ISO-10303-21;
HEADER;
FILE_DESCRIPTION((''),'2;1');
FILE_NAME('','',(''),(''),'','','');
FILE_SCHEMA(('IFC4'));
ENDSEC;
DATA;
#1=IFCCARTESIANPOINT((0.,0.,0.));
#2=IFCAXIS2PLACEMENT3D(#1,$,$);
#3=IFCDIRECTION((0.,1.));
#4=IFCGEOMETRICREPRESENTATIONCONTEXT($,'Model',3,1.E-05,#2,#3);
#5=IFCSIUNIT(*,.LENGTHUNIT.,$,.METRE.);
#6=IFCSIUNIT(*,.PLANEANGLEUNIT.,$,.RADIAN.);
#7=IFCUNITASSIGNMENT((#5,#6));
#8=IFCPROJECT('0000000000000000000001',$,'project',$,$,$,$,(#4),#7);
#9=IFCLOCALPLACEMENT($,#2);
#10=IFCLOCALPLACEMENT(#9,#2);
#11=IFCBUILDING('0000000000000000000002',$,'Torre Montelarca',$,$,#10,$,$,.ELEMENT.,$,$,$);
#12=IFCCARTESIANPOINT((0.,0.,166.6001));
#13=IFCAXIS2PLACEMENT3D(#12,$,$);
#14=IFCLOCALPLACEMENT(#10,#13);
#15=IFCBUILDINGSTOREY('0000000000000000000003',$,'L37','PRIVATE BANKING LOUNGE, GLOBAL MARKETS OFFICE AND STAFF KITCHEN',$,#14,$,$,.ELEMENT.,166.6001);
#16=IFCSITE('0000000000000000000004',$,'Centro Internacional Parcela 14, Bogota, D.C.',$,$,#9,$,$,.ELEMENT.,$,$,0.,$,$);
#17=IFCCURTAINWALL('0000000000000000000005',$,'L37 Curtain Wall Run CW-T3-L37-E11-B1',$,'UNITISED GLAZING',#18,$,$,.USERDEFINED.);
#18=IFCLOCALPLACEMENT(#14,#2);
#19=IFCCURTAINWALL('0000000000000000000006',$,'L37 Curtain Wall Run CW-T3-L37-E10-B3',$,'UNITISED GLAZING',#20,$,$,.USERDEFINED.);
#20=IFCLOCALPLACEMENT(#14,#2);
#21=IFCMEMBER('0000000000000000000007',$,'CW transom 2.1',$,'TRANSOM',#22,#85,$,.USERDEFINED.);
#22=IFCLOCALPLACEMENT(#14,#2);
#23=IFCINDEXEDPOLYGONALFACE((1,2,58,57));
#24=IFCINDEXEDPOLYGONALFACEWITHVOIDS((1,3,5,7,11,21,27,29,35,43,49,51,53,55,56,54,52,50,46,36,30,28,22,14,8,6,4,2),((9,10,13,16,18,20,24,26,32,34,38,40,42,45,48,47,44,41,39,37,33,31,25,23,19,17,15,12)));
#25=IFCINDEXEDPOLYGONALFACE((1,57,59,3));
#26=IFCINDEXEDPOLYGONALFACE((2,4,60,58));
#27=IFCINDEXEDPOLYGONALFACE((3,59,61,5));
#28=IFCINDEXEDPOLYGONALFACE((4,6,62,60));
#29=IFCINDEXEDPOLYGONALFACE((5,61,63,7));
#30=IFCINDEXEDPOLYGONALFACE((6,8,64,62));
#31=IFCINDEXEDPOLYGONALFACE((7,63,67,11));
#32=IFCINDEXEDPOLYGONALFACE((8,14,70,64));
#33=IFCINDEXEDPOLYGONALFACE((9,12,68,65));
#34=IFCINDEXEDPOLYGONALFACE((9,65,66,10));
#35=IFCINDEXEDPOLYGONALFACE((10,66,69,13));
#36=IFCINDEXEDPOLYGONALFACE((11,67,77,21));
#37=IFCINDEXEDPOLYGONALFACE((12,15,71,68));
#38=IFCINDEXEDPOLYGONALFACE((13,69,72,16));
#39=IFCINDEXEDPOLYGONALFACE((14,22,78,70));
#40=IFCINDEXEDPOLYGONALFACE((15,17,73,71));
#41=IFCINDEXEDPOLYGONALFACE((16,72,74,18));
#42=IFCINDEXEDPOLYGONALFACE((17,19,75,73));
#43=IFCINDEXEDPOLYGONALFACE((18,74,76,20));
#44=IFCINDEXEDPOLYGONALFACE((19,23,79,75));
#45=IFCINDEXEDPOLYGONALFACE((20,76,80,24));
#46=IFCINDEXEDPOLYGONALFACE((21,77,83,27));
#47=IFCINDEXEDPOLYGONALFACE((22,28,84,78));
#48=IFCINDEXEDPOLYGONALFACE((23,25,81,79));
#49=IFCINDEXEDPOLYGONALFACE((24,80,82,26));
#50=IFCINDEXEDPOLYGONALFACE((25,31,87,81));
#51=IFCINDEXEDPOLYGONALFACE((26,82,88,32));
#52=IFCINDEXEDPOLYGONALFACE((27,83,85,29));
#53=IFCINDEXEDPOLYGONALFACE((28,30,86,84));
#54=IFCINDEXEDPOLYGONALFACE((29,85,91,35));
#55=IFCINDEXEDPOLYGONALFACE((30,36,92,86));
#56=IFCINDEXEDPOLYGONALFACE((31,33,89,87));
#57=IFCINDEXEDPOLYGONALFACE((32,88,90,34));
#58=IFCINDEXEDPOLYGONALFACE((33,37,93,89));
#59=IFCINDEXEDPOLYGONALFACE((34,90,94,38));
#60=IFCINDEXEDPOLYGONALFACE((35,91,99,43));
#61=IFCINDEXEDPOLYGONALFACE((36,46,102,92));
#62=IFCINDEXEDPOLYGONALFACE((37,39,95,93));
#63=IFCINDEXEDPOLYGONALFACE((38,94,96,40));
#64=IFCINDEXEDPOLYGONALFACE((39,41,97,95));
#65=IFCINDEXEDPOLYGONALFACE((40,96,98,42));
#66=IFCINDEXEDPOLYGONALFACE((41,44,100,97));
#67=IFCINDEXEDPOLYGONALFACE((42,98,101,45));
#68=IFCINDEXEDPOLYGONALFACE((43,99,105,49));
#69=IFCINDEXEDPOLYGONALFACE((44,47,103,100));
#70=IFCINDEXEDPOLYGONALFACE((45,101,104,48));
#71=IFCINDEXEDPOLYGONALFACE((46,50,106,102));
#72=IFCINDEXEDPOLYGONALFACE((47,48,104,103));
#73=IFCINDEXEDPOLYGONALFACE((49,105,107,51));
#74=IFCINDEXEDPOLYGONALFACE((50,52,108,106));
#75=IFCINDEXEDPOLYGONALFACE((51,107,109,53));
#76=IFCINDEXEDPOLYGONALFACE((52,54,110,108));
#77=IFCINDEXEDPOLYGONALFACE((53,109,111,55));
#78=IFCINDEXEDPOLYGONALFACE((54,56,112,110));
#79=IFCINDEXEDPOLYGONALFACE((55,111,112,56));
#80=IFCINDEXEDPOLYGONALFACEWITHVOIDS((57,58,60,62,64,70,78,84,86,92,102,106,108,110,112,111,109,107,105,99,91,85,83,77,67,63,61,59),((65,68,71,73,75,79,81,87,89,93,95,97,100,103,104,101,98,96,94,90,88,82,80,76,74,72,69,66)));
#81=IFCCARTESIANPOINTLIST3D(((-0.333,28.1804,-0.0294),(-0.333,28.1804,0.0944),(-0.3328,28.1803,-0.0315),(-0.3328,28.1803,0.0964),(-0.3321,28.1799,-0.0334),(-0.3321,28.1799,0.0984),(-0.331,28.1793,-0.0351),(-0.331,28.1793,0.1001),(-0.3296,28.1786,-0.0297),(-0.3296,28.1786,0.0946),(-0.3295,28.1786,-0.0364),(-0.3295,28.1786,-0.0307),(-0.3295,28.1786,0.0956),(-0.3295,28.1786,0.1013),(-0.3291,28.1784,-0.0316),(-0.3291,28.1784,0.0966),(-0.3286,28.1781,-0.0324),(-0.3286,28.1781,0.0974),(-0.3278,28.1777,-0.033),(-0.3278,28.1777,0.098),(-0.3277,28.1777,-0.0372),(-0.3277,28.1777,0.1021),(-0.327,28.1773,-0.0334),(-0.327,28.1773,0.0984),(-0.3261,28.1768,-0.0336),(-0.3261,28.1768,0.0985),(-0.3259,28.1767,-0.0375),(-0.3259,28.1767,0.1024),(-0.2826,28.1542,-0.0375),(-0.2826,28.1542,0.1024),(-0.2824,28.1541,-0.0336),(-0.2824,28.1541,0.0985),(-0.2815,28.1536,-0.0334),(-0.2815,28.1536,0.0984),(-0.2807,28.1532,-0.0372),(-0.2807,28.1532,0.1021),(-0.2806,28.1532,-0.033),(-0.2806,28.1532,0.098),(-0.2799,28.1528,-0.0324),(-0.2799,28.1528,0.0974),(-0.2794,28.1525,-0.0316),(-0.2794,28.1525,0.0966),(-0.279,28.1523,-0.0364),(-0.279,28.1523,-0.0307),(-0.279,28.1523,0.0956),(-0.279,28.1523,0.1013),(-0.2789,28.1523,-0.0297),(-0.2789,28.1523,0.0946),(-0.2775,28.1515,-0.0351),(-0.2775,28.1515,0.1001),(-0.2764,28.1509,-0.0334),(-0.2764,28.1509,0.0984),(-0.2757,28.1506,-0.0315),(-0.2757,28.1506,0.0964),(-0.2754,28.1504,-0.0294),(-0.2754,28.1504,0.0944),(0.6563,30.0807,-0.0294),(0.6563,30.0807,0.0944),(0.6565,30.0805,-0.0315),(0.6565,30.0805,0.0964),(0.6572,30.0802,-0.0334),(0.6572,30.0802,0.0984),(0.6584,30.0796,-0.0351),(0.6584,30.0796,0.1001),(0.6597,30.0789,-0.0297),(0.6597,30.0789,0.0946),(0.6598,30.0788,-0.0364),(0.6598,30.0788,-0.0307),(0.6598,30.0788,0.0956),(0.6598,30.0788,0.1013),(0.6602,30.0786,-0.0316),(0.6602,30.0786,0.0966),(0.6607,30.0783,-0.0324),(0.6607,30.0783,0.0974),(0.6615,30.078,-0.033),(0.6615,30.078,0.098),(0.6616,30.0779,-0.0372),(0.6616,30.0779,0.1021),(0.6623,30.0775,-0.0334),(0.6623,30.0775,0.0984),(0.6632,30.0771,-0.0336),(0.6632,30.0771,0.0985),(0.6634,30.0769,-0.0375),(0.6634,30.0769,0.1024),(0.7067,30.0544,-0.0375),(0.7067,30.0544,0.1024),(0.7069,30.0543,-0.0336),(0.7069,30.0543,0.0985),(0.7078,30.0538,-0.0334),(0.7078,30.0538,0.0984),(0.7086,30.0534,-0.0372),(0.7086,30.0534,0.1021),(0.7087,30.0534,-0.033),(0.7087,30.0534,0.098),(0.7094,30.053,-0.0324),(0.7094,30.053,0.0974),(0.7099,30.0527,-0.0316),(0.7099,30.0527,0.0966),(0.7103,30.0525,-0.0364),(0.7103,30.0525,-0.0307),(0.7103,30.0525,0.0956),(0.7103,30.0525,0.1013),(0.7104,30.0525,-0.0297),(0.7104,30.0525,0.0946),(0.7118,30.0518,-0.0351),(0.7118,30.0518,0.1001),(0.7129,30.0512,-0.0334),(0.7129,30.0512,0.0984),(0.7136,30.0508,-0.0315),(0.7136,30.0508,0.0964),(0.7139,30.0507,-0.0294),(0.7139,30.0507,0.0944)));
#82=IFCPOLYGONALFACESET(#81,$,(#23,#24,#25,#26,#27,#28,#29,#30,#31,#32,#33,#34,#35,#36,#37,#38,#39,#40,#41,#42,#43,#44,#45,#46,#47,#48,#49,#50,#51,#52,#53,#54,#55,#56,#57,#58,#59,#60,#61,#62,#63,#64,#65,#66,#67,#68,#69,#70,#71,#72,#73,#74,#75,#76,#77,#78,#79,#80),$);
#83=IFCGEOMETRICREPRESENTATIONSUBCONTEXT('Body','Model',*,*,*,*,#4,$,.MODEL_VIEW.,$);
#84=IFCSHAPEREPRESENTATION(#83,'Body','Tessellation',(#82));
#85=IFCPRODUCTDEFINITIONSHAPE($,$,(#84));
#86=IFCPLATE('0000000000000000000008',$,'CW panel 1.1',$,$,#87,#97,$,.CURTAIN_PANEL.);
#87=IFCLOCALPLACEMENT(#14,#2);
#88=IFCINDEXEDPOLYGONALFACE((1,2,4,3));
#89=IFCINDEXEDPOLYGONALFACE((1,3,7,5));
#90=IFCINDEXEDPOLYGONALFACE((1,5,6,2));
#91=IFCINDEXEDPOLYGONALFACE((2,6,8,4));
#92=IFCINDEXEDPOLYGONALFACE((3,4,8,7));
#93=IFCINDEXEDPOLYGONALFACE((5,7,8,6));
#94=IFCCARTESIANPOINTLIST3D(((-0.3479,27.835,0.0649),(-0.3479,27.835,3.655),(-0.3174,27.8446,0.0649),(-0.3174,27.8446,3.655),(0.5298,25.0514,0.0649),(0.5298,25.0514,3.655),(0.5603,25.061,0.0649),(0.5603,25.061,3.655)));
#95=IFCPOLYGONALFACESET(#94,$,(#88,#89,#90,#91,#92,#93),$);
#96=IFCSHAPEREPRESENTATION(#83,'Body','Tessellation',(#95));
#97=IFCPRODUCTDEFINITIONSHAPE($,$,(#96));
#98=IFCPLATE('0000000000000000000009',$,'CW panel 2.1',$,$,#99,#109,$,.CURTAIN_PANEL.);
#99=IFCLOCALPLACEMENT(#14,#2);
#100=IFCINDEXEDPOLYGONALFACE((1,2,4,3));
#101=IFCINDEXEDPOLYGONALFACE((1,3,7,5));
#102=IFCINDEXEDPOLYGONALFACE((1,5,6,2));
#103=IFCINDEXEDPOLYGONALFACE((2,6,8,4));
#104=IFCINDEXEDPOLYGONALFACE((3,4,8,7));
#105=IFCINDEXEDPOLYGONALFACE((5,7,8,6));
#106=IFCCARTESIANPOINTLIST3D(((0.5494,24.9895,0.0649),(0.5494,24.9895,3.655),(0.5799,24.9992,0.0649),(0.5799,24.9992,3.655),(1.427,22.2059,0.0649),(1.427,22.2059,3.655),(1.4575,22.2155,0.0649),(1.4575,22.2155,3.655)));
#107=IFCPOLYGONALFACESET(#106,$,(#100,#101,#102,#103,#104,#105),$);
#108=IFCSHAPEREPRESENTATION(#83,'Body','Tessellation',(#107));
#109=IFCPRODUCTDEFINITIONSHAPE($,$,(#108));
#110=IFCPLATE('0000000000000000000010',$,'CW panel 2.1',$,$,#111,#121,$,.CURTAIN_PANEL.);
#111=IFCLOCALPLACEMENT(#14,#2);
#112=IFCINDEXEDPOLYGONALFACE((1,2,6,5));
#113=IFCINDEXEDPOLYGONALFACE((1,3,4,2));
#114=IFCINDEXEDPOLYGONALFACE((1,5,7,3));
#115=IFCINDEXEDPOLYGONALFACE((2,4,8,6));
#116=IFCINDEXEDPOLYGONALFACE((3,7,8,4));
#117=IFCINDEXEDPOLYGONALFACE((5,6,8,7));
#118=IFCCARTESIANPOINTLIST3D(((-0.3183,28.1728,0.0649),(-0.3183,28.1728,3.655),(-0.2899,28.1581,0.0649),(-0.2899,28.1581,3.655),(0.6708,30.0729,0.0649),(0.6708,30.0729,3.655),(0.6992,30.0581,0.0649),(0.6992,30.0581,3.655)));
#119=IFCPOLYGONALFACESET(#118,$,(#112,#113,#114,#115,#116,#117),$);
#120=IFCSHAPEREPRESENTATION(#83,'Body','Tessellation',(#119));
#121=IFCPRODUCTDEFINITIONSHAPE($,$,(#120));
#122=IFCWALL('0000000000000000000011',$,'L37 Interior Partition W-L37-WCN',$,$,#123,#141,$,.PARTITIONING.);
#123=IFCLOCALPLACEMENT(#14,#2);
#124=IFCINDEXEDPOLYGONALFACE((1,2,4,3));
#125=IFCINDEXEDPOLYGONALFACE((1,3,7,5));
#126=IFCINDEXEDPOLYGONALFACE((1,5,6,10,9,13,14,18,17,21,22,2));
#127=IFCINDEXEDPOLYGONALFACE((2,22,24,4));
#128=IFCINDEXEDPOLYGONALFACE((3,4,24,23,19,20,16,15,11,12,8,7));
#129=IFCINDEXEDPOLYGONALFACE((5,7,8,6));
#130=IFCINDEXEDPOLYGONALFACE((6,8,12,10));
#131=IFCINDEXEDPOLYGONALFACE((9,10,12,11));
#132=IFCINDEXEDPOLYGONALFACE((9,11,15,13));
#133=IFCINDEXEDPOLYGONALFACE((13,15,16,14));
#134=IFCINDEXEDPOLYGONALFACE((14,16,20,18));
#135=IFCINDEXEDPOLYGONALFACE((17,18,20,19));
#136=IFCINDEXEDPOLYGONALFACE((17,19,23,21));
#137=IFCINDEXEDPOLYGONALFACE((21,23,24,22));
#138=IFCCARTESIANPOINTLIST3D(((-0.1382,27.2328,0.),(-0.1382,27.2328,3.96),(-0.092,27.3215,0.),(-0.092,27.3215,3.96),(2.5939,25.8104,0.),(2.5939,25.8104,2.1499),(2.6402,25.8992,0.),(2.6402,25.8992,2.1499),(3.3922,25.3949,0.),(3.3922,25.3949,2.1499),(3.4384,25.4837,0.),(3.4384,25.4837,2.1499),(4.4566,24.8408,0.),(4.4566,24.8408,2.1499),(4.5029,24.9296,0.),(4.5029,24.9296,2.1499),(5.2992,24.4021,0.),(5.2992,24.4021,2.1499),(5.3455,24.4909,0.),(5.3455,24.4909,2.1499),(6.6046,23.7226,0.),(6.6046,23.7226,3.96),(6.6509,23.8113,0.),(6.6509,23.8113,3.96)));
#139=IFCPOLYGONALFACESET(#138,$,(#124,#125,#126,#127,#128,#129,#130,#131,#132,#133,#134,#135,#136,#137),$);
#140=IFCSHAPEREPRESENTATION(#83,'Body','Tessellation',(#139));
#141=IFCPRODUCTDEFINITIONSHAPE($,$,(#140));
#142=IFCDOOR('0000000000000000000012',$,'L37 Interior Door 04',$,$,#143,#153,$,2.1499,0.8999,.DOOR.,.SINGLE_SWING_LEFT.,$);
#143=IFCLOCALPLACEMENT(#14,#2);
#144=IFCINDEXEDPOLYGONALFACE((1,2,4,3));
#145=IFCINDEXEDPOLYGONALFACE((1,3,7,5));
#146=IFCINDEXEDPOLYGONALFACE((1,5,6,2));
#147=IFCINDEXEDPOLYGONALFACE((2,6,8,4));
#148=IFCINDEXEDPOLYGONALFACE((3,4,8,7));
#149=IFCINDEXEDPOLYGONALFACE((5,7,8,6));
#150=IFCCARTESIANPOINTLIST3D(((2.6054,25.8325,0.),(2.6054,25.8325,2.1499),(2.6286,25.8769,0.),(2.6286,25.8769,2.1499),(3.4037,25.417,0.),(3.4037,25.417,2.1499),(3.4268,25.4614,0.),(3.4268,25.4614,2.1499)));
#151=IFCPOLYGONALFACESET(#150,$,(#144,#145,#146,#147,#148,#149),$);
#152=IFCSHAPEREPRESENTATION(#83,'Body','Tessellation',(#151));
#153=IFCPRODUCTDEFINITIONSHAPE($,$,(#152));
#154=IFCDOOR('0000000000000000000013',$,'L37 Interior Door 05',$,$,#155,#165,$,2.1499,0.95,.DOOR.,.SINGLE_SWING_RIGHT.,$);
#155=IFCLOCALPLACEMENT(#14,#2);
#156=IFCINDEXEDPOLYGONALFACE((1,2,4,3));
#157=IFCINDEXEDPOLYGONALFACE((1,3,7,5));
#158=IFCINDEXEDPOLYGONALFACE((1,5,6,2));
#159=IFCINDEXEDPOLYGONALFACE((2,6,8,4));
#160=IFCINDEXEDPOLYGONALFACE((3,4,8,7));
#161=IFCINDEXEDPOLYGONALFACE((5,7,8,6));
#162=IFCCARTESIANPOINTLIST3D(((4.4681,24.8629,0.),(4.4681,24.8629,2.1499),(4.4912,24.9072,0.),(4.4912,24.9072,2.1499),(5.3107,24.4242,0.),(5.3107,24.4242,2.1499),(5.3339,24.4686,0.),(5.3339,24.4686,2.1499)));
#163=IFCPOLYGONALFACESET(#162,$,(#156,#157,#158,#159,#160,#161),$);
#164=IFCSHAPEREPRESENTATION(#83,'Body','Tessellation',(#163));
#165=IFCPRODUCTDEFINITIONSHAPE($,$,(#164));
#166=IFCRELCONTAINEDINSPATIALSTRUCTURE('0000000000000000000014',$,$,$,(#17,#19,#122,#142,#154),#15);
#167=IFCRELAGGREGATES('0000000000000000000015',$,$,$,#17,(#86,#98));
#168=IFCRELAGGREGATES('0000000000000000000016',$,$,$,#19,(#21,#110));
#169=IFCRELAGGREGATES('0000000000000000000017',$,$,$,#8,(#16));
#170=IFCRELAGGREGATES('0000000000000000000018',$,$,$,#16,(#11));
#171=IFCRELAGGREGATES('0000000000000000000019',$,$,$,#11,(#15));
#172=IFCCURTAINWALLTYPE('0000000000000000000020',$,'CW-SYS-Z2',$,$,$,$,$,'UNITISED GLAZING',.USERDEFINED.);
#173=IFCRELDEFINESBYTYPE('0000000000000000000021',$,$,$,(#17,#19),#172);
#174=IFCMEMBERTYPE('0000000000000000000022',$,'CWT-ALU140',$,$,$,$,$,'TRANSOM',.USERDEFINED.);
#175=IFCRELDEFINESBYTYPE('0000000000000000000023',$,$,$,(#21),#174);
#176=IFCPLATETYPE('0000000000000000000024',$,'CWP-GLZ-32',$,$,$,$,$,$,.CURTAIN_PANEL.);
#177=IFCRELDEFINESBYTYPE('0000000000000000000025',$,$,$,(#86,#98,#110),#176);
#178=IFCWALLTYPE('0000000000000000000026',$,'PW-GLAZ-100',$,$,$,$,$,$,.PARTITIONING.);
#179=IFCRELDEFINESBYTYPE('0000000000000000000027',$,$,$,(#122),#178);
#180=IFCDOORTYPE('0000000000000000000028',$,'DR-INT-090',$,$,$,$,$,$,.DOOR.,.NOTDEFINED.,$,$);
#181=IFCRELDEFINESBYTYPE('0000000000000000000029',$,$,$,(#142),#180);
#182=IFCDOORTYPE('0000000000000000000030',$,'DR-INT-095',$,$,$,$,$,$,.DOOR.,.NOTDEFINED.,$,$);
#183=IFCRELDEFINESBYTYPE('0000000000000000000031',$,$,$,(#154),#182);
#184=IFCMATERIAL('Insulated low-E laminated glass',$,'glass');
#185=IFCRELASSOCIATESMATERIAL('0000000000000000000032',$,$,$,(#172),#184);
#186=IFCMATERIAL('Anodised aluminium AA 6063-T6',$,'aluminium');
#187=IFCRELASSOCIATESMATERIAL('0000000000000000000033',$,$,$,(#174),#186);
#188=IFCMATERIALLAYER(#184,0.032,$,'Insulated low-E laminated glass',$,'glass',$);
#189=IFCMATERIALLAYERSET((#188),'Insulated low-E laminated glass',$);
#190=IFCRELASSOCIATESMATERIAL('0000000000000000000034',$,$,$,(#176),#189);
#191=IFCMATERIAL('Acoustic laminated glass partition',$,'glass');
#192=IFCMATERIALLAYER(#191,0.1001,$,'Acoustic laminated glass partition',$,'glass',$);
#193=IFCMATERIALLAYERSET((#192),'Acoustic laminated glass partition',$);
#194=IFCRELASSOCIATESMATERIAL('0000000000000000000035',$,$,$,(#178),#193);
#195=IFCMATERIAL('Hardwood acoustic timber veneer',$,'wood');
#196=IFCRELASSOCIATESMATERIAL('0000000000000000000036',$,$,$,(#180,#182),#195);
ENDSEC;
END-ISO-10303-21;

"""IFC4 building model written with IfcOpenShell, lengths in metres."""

from ifc_helpers import new_model, si_unit, direction, frame, frame_2d, origin, origin_2d, place, context, subcontext, project, spatial, rectangle, hollow_rectangle, extrude, source, transform, mapped, material, layer, layer_set, material_profile, profile_set, type_object, element, fill, aggregate, save


model = new_model("IFC4")

# Units and contexts
model_context = context("Model", 3, precision=1e-05, world=origin(), true_north=direction((0.0, 1.0)))
body_context = subcontext(model_context, "Body", "Model", "MODEL_VIEW")
ifc_project = project(units=[si_unit("LENGTHUNIT", "METRE"), si_unit("PLANEANGLEUNIT", "RADIAN")], contexts=[model_context])

# Site, building, storey
site_placement = place(None, origin())
site = spatial("IfcSite", under=ifc_project, at=site_placement, Name="Centro Internacional Parcela 14, Bogota, D.C.", CompositionType="ELEMENT", RefElevation=0.0)
building_placement = place(site_placement, origin())
building = spatial("IfcBuilding", under=site, at=building_placement, Name="Torre Montelarca", CompositionType="ELEMENT")
storey_placement = place(building_placement, frame((0.0, 0.0, 166.6001)))
storey = spatial("IfcBuildingStorey", under=building, at=storey_placement, Name="L37", Description="PRIVATE BANKING LOUNGE, GLOBAL MARKETS OFFICE AND STAFF KITCHEN", CompositionType="ELEMENT", Elevation=166.6001)

# Curtain wall
ifc_material_1 = material(Name="Insulated low-E laminated glass", Category="glass")
curtain_wall_type = type_object("IfcCurtainWallType", Name="CW-SYS-Z2", ElementType="UNITISED GLAZING", PredefinedType="USERDEFINED", material=ifc_material_1)
curtain_wall_1_placement = place(storey_placement, origin())
curtain_wall_1 = element("IfcCurtainWall", 1, at=curtain_wall_1_placement, inside=storey, type_object=curtain_wall_type, Name="L37 Curtain Wall Run CW-T3-L37-E11-B1", ObjectType="UNITISED GLAZING", PredefinedType="USERDEFINED")
ifc_material_2 = material(Name="Anodised aluminium AA 6063-T6", Category="aluminium")
ifc_material_profile_1 = material_profile(ifc_material_2, hollow_rectangle(XDim=0.0649, YDim=0.1399, WallThickness=0.0039, InnerFilletRadius=0.0039, OuterFilletRadius=0.0081, at=origin_2d()), Name="ALU65X140X4", Category="aluminium")
ifc_profile_set_1 = profile_set([ifc_material_profile_1], Name="Anodised aluminium AA 6063-T6")
member_type_1 = type_object("IfcMemberType", Name="CWT-ALU140", ElementType="TRANSOM", PredefinedType="USERDEFINED", material=ifc_profile_set_1)

# Curtain wall
curtain_wall_2_placement = place(storey_placement, origin())
curtain_wall_2 = element("IfcCurtainWall", 2, at=curtain_wall_2_placement, inside=storey, type_object=curtain_wall_type, Name="L37 Curtain Wall Run CW-T3-L37-E10-B3", ObjectType="UNITISED GLAZING", PredefinedType="USERDEFINED")

# Member
shared_shape_1 = source(origin(), body_context, "Body", "SweptSolid", [
    extrude(hollow_rectangle(XDim=0.0649, YDim=0.1399, WallThickness=0.0039, InnerFilletRadius=0.0039, OuterFilletRadius=0.0081, at=origin_2d()), origin(), (0.0, 0.0, 1.0), 2.1423),
])
member_1_placement = place(storey_placement, frame((0.6851, 30.0657, 0.0325), z_axis=(-0.461787, -0.886991, 0.0), x_axis=(0.886991, -0.461787, 0.0)))
member_1 = element("IfcMember", 3, at=member_1_placement, type_object=member_type_1, Name="CW transom 2.1", ObjectType="TRANSOM", PredefinedType="USERDEFINED", context=body_context, shape_type="MappedRepresentation", body=[
    mapped(shared_shape_1, transform((0.0, 0.0, 0.0), scale=1.0)),
])

# Plates
ifc_layer_1 = layer(ifc_material_1, 0.032, Name="Insulated low-E laminated glass", Category="glass")
ifc_layer_set_1 = layer_set([ifc_layer_1], Name="Insulated low-E laminated glass")
plate_type = type_object("IfcPlateType", Name="CWP-GLZ-32", PredefinedType="CURTAIN_PANEL", material=ifc_layer_set_1)
shared_shape_2 = source(origin(), body_context, "Body", "SweptSolid", [
    extrude(rectangle(XDim=2.9187, YDim=0.032, at=origin_2d()), origin(), (0.0, 0.0, 1.0), 3.5901),
])
plate_1_placement = place(storey_placement, frame((0.1062, 26.448, 0.0649), z_axis=(0.0, 0.0, 1.0), x_axis=(0.300684, -0.953724, 0.0)))
plate_1 = element("IfcPlate", 4, at=plate_1_placement, type_object=plate_type, Name="CW panel 1.1", PredefinedType="CURTAIN_PANEL", context=body_context, shape_type="MappedRepresentation", body=[
    mapped(shared_shape_2, transform((0.0, 0.0, 0.0), scale=1.0)),
])
plate_2_placement = place(storey_placement, frame((1.0034, 23.6025, 0.0649), z_axis=(0.0, 0.0, 1.0), x_axis=(0.300684, -0.953724, 0.0)))
plate_2 = element("IfcPlate", 5, at=plate_2_placement, type_object=plate_type, Name="CW panel 2.1", PredefinedType="CURTAIN_PANEL", context=body_context, shape_type="MappedRepresentation", body=[
    mapped(shared_shape_2, transform((0.0, 0.0, 0.0), scale=1.0)),
])
aggregate(curtain_wall_1, [plate_1, plate_2])
shared_shape_3 = source(origin(), body_context, "Body", "SweptSolid", [
    extrude(rectangle(XDim=2.1421, YDim=0.032, at=origin_2d()), origin(), (0.0, 0.0, 1.0), 3.5901),
])
plate_3_placement = place(storey_placement, frame((0.1904, 29.1155, 0.0649), z_axis=(0.0, 0.0, 1.0), x_axis=(-0.461737, -0.887017, 0.0)))
plate_3 = element("IfcPlate", 6, at=plate_3_placement, type_object=plate_type, Name="CW panel 2.1", PredefinedType="CURTAIN_PANEL", context=body_context, shape_type="MappedRepresentation", body=[
    mapped(shared_shape_3, transform((0.0, 0.0, 0.0), scale=1.0)),
])
aggregate(curtain_wall_2, [member_1, plate_3])

# Wall, openings, doors
ifc_material_3 = material(Name="Acoustic laminated glass partition", Category="glass")
ifc_layer_2 = layer(ifc_material_3, 0.1001, Name="Acoustic laminated glass partition", Category="glass")
ifc_layer_set_2 = layer_set([ifc_layer_2], Name="Acoustic laminated glass partition")
wall_type = type_object("IfcWallType", Name="PW-GLAZ-100", PredefinedType="PARTITIONING", material=ifc_layer_set_2)
wall_placement = place(storey_placement, frame((-0.115, 27.2771, 0.0), z_axis=(0.0, 0.0, 1.0), x_axis=(0.887005, -0.46176, 0.0)))
wall = element("IfcWall", 7, at=wall_placement, inside=storey, type_object=wall_type, Name="L37 Interior Partition W-L37-WCN", PredefinedType="PARTITIONING", context=body_context, shape_type="SweptSolid", body=[
    extrude(rectangle(XDim=7.6018, YDim=0.1001, at=frame_2d((3.8008, 0.0))), origin(), (0.0, 0.0, 1.0), 3.96),
])
opening_1_placement = place(wall_placement, frame((3.0801, 0.0, 0.0)))
opening_1 = element("IfcOpeningElement", 8, at=opening_1_placement, cuts=wall, PredefinedType="OPENING", context=body_context, shape_type="SweptSolid", body=[
    extrude(rectangle(XDim=0.8999, YDim=2.1499, at=frame_2d((0.45, 1.075))), frame((0.0, 0.0601, 0.0), z_axis=(0.0, -1.0, 0.0), x_axis=(1.0, 0.0, 0.0)), (0.0, 0.0, 1.0), 0.1201),
])
opening_2_placement = place(wall_placement, frame((5.1799, 0.0, 0.0)))
opening_2 = element("IfcOpeningElement", 9, at=opening_2_placement, cuts=wall, PredefinedType="OPENING", context=body_context, shape_type="SweptSolid", body=[
    extrude(rectangle(XDim=0.95, YDim=2.1499, at=frame_2d((0.4751, 1.075))), frame((0.0, 0.0601, 0.0), z_axis=(0.0, -1.0, 0.0), x_axis=(1.0, 0.0, 0.0)), (0.0, 0.0, 1.0), 0.1201),
])
ifc_material_4 = material(Name="Hardwood acoustic timber veneer", Category="wood")
door_type_1 = type_object("IfcDoorType", Name="DR-INT-090", OperationType="NOTDEFINED", PredefinedType="DOOR", material=ifc_material_4)
shared_shape_4 = source(origin(), body_context, "Body", "SweptSolid", [
    extrude(rectangle(XDim=0.8999, YDim=2.1499, at=frame_2d((0.45, 1.075))), frame((0.0, 0.0249, 0.0), z_axis=(0.0, -1.0, 0.0), x_axis=(1.0, 0.0, 0.0)), (0.0, 0.0, 1.0), 0.05),
])
door_1_placement = place(opening_1_placement, origin())
door_1 = element("IfcDoor", 10, at=door_1_placement, inside=storey, type_object=door_type_1, Name="L37 Interior Door 04", OperationType="SINGLE_SWING_LEFT", OverallHeight=2.1499, OverallWidth=0.8999, PredefinedType="DOOR", context=body_context, shape_type="MappedRepresentation", body=[
    mapped(shared_shape_4, transform((0.0, 0.0, 0.0), scale=1.0)),
])
fill(opening_1, door_1)
door_type_2 = type_object("IfcDoorType", Name="DR-INT-095", OperationType="NOTDEFINED", PredefinedType="DOOR", material=ifc_material_4)
shared_shape_5 = source(origin(), body_context, "Body", "SweptSolid", [
    extrude(rectangle(XDim=0.95, YDim=2.1499, at=frame_2d((0.4751, 1.075))), frame((0.0, 0.0249, 0.0), z_axis=(0.0, -1.0, 0.0), x_axis=(1.0, 0.0, 0.0)), (0.0, 0.0, 1.0), 0.05),
])
door_2_placement = place(opening_2_placement, origin())
door_2 = element("IfcDoor", 11, at=door_2_placement, inside=storey, type_object=door_type_2, Name="L37 Interior Door 05", OperationType="SINGLE_SWING_RIGHT", OverallHeight=2.1499, OverallWidth=0.95, PredefinedType="DOOR", context=body_context, shape_type="MappedRepresentation", body=[
    mapped(shared_shape_5, transform((0.0, 0.0, 0.0), scale=1.0)),
])
fill(opening_2, door_2)

save(model, "model.ifc")
